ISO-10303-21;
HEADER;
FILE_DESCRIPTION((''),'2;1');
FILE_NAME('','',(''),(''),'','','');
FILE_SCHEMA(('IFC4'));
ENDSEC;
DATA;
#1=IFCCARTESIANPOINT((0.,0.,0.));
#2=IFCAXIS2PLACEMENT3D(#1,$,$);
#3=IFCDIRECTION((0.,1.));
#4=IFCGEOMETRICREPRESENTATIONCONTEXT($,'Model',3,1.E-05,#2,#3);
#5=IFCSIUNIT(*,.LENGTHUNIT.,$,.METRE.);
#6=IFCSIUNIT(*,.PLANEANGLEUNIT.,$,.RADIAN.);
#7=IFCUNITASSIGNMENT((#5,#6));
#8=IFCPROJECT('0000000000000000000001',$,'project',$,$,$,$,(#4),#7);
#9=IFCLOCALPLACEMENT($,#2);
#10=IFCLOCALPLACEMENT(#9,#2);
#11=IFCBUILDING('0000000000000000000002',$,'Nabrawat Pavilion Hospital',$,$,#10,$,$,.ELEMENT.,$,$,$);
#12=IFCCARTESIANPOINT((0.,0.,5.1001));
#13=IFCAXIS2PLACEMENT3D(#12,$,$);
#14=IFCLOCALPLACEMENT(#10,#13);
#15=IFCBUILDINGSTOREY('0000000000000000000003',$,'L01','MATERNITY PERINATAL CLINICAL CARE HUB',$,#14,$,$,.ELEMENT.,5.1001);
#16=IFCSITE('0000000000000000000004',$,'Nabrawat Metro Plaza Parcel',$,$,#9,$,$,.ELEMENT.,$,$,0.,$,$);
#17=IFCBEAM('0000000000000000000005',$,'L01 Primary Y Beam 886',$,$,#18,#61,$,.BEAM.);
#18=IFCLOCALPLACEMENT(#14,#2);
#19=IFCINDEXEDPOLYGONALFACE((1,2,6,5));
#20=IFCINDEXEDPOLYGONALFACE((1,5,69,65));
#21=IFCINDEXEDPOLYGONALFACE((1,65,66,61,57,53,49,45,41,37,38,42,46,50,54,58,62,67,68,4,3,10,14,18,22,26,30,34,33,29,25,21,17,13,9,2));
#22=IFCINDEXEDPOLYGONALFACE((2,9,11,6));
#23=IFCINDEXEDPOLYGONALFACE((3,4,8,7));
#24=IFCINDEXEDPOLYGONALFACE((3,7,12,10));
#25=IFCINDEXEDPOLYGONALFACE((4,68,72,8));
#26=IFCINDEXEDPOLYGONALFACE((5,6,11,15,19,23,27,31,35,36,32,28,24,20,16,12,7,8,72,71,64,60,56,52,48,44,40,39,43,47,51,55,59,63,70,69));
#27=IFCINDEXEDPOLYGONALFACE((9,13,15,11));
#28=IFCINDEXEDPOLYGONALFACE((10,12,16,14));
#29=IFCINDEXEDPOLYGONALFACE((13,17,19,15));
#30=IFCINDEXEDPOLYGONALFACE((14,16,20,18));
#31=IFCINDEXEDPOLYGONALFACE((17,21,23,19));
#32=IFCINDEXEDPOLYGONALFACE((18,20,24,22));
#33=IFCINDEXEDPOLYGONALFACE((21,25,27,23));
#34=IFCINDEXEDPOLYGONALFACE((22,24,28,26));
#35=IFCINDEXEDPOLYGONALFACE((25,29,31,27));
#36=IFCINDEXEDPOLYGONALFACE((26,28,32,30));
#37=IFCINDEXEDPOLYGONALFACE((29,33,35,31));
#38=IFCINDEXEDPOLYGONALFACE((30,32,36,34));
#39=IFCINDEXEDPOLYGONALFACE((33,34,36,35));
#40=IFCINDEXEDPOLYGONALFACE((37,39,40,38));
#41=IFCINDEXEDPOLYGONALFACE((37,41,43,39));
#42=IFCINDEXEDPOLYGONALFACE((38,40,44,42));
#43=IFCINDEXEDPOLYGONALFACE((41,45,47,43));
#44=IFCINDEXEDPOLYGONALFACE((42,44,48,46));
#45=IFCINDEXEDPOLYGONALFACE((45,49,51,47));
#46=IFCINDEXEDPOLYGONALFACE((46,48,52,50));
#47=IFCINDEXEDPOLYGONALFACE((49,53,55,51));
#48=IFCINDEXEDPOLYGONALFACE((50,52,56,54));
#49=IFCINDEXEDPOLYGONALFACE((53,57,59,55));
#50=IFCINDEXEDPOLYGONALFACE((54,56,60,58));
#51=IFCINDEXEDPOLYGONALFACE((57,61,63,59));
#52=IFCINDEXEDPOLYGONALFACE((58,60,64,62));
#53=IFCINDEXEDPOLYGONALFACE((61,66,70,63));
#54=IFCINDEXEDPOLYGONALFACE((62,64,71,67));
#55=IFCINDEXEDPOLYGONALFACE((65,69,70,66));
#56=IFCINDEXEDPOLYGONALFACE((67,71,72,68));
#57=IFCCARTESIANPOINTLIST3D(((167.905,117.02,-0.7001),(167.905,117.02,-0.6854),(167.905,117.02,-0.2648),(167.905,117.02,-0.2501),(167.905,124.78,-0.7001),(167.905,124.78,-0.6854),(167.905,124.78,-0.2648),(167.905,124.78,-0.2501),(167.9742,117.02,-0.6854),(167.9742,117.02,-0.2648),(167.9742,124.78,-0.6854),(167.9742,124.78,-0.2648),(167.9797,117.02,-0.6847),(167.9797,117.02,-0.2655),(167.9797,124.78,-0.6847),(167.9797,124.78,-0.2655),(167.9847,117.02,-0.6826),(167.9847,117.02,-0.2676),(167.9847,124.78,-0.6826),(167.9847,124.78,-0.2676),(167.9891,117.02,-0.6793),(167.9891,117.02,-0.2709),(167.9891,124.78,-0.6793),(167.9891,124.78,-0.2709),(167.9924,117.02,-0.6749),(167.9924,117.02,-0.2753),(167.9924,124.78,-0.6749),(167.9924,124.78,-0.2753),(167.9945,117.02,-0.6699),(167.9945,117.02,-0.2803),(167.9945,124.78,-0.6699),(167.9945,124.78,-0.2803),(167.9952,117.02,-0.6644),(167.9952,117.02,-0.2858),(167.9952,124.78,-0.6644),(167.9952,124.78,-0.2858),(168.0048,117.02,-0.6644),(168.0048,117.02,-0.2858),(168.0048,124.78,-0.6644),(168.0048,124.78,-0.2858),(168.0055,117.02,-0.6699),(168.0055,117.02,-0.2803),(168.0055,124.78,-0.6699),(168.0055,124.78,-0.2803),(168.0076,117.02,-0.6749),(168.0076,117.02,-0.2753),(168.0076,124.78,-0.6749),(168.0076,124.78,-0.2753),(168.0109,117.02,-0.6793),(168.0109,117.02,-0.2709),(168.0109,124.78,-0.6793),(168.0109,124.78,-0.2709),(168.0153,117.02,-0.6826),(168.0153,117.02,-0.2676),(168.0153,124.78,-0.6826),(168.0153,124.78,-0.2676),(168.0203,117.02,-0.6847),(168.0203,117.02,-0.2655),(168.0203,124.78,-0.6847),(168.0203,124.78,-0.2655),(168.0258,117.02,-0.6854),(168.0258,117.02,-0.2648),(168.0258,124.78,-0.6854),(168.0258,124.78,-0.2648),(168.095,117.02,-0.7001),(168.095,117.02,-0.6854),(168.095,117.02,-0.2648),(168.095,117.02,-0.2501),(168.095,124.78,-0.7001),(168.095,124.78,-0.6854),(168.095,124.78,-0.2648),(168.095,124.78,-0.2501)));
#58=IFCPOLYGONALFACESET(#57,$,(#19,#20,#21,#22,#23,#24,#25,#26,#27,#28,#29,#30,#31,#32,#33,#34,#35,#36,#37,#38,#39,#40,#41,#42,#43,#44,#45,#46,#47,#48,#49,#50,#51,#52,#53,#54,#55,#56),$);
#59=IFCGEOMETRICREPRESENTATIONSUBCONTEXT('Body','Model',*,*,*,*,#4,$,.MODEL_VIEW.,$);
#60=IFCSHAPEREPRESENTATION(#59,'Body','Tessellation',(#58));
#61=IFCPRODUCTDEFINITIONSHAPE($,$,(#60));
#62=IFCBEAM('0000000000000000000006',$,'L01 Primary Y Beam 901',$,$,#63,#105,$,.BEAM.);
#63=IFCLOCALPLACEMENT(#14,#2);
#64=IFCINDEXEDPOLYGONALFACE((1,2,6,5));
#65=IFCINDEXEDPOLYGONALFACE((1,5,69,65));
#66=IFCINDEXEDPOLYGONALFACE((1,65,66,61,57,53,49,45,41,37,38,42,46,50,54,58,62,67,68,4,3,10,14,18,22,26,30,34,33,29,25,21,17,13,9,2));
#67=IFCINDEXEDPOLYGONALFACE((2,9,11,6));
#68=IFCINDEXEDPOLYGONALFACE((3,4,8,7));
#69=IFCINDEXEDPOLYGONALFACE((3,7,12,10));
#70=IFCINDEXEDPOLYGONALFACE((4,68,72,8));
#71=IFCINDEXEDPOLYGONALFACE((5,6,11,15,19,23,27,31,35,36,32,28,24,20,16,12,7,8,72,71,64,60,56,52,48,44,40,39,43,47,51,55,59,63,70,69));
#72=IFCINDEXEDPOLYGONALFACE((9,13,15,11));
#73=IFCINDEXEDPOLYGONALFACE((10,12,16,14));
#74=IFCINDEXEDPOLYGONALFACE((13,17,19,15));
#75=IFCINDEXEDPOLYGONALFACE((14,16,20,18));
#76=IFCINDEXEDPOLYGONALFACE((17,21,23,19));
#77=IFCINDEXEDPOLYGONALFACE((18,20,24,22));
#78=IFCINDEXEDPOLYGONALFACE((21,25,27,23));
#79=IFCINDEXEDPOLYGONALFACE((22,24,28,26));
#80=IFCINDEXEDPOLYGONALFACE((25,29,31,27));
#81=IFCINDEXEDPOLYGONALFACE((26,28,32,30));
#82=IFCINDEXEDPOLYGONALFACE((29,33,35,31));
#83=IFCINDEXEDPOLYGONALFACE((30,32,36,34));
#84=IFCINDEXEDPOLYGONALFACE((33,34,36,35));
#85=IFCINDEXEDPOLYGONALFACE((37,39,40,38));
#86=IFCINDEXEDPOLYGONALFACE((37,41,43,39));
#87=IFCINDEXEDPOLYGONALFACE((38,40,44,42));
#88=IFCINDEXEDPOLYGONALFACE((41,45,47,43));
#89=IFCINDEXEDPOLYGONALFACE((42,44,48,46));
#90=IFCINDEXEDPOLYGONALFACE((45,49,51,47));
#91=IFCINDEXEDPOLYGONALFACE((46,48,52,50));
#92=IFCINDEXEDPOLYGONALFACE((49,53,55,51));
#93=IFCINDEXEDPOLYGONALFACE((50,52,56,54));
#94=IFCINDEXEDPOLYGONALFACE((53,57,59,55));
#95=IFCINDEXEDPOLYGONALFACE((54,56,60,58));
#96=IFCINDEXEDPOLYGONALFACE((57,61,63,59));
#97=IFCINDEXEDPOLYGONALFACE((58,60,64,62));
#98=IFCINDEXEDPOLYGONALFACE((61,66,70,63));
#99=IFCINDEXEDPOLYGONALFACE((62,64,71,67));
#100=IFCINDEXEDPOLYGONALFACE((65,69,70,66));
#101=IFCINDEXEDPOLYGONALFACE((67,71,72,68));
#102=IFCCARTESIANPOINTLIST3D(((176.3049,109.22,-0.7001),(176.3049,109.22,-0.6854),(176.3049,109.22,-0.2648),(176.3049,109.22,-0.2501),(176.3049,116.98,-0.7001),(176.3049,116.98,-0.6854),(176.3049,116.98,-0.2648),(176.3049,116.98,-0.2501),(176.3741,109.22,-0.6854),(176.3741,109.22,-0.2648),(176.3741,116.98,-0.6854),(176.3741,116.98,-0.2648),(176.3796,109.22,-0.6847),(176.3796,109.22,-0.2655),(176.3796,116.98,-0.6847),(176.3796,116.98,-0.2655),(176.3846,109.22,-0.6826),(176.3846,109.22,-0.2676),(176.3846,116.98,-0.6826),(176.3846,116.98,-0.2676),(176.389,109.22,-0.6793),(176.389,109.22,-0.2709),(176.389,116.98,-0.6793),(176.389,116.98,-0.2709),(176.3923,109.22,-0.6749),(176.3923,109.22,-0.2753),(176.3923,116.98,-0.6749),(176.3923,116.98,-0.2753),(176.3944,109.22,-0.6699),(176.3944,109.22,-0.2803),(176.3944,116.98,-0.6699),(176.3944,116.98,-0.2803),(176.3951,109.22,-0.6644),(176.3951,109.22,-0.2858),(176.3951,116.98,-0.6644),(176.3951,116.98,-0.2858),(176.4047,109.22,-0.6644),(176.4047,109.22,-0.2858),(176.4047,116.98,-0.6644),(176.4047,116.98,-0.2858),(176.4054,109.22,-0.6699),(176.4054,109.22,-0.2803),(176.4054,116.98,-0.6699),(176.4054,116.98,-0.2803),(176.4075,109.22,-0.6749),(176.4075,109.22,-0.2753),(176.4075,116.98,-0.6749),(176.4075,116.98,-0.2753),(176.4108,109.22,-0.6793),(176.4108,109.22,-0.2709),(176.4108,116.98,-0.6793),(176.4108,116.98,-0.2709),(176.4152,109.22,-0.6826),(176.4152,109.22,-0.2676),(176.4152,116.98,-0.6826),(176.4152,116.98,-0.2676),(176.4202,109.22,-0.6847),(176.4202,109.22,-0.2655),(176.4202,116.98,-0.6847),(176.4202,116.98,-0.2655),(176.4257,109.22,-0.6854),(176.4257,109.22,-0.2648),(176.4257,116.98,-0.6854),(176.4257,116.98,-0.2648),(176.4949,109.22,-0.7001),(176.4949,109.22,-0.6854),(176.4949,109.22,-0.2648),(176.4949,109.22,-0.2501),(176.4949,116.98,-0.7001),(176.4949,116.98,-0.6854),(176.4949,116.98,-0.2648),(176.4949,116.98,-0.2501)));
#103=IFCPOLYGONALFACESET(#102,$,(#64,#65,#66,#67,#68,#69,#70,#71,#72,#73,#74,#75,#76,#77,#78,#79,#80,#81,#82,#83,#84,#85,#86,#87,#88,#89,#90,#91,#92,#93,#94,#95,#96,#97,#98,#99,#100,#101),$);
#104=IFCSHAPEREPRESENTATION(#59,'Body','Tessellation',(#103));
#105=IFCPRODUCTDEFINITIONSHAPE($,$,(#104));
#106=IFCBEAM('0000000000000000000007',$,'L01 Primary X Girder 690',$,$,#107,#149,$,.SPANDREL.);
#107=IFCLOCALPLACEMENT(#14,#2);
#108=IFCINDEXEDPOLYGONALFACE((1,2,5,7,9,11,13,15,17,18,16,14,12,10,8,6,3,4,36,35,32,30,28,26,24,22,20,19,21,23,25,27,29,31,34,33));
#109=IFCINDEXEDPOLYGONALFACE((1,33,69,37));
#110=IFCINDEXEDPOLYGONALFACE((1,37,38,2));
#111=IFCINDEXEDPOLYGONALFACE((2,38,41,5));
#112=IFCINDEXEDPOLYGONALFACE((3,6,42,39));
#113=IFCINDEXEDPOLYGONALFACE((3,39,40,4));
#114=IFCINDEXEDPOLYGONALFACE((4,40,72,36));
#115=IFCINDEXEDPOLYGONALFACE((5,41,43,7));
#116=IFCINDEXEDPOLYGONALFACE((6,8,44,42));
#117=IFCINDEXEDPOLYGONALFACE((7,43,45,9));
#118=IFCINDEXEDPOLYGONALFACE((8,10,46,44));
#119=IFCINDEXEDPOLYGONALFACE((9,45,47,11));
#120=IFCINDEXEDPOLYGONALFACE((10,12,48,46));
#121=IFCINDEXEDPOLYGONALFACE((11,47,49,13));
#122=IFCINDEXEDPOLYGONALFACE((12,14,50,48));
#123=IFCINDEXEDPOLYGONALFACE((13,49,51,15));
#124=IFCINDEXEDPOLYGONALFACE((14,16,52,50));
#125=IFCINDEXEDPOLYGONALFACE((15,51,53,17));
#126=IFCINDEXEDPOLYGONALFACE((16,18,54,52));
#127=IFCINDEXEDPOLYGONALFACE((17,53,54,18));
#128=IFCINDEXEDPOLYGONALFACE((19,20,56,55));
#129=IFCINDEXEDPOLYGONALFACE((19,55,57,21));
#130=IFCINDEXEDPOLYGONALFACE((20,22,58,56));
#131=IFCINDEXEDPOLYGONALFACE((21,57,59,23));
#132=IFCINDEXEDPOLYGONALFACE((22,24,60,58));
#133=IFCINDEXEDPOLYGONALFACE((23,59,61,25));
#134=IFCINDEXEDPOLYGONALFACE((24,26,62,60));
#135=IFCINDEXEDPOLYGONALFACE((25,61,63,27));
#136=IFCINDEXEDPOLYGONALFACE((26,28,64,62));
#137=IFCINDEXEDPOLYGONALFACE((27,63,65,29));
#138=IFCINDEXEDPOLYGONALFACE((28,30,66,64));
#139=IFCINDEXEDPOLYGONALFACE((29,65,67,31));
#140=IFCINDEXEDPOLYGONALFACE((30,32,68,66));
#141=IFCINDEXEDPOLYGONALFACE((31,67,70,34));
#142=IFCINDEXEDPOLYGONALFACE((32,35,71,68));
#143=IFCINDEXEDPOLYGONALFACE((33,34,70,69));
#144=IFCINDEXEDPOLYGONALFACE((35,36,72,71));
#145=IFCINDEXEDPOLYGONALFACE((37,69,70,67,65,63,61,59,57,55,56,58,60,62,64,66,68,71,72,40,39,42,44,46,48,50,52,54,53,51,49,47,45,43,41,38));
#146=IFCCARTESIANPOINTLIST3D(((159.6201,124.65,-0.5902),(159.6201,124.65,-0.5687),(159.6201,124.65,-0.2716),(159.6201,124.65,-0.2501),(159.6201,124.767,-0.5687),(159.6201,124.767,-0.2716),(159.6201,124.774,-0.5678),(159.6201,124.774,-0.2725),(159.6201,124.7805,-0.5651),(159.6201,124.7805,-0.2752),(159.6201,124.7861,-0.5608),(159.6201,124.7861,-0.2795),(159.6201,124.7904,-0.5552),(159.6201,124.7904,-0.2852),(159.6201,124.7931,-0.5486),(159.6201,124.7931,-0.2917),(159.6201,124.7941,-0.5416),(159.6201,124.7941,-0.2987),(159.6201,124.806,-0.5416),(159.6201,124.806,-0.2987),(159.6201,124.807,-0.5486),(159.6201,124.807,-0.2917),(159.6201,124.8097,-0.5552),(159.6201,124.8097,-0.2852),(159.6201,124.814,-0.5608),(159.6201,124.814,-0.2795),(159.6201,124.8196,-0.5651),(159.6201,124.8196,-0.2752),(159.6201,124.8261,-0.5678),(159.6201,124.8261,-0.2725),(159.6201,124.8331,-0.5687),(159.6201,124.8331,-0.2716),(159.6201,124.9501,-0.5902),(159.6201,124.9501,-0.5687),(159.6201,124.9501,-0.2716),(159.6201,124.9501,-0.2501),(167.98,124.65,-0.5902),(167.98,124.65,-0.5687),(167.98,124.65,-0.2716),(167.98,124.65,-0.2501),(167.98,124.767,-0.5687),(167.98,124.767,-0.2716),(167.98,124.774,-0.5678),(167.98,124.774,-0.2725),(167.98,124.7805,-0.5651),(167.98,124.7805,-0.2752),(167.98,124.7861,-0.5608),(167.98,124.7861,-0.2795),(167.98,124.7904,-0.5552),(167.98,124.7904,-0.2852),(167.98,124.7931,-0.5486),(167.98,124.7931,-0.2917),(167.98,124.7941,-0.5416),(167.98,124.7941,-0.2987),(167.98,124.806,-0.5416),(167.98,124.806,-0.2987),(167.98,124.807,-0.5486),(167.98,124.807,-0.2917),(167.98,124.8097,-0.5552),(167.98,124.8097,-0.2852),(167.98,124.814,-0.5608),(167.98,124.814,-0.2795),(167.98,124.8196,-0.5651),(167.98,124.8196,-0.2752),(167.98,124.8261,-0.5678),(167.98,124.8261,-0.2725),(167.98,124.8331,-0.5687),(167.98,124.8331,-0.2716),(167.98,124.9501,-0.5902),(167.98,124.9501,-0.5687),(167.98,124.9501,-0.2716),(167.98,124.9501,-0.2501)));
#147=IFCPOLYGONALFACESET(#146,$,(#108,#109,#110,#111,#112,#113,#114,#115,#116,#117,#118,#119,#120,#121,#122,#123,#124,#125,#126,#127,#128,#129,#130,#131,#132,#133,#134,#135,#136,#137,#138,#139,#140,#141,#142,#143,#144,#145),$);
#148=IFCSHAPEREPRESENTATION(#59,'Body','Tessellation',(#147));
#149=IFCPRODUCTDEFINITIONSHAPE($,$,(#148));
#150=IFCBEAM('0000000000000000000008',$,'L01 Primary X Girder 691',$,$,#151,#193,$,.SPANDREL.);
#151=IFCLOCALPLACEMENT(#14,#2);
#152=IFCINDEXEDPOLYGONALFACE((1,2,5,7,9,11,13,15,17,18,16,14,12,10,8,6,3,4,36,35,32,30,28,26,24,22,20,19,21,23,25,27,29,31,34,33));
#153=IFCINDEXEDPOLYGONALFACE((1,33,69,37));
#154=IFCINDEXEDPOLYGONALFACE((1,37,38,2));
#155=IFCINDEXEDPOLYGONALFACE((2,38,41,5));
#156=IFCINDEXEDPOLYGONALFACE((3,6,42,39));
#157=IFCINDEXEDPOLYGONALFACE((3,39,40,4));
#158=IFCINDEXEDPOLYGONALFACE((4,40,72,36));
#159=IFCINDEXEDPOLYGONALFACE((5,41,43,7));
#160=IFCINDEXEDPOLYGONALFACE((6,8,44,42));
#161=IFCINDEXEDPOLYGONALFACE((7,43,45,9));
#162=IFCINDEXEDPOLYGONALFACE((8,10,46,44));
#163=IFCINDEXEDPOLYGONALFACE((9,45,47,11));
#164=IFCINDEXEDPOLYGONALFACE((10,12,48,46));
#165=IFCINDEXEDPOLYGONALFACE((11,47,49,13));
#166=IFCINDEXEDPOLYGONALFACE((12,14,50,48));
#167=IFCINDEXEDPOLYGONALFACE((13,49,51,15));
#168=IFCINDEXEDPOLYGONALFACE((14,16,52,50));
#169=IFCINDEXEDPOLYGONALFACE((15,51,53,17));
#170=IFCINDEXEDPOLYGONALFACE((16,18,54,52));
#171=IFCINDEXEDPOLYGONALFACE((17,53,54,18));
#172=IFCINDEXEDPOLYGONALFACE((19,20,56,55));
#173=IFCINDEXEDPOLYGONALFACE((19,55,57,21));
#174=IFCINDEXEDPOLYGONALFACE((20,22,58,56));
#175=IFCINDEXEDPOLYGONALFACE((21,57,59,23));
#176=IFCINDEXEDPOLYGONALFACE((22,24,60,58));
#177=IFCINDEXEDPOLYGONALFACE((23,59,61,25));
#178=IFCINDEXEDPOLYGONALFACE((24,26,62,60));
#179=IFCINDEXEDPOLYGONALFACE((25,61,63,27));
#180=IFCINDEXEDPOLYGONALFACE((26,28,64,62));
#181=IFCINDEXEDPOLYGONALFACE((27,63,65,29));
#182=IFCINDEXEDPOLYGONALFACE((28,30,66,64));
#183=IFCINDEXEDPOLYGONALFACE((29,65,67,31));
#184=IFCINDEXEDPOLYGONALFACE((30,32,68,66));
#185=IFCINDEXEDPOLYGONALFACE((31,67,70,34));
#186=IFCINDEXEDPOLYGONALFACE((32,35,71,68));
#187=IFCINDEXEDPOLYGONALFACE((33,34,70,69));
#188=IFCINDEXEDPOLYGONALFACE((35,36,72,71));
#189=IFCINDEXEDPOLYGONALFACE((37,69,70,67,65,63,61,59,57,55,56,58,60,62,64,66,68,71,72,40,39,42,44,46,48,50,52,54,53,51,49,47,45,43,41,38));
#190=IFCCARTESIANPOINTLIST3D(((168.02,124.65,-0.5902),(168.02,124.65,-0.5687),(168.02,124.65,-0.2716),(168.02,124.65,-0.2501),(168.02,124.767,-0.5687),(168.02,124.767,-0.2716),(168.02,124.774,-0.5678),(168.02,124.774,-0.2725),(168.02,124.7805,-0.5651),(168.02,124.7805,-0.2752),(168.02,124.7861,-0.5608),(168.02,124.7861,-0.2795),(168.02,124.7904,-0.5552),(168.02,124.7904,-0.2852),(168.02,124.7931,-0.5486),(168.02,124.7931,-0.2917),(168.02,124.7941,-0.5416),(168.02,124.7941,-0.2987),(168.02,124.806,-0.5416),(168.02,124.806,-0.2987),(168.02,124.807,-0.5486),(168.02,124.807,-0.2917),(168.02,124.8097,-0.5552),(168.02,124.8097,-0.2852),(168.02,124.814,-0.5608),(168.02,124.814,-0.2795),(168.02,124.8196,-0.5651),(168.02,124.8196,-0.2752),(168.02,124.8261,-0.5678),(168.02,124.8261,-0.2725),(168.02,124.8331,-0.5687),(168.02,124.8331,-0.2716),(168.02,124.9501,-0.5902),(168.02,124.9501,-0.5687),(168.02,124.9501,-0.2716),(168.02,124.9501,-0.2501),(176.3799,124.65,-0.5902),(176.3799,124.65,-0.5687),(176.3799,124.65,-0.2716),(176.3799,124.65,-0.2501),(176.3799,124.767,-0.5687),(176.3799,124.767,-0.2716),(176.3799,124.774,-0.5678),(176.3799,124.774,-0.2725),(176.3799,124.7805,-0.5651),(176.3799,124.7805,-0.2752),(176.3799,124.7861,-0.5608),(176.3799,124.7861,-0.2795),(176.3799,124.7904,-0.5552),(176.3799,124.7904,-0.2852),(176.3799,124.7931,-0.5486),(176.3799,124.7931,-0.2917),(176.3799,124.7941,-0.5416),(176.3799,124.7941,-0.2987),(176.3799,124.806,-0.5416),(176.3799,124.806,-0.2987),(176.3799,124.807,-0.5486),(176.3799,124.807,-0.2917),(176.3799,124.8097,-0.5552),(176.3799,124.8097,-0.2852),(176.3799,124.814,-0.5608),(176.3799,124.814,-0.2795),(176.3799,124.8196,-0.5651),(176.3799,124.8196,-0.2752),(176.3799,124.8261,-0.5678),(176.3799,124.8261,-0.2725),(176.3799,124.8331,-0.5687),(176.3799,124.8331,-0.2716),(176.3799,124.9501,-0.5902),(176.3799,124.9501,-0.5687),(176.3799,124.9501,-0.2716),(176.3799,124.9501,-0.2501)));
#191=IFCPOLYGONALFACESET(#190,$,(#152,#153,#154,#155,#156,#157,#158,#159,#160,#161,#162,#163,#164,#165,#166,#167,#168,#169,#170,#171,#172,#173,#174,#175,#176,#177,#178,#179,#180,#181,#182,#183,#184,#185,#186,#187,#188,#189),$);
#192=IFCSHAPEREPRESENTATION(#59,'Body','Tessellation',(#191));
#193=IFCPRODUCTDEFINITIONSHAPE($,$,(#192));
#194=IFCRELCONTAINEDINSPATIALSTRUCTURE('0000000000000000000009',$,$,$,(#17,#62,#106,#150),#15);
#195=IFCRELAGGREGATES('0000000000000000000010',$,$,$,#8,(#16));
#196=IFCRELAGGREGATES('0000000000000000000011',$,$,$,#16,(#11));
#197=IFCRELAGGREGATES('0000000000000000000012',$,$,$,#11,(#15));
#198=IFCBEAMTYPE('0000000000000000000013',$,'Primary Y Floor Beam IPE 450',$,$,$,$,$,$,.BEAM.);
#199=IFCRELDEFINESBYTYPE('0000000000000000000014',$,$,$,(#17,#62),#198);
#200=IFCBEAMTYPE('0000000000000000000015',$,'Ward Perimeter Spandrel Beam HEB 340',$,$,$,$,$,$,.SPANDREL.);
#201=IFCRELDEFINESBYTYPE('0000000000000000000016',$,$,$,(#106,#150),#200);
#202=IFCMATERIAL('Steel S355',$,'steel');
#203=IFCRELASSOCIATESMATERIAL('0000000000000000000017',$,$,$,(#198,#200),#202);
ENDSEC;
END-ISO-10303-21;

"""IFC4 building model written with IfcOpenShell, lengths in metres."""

from ifc_helpers import new_model, si_unit, direction, frame, origin, origin_2d, place, context, subcontext, project, spatial, i_section, extrude, material, material_profile, profile_set, type_object, element, save


model = new_model("IFC4")

# Units and contexts
model_context = context("Model", 3, precision=1e-05, world=origin(), true_north=direction((0.0, 1.0)))
body_context = subcontext(model_context, "Body", "Model", "MODEL_VIEW")
ifc_project = project(units=[si_unit("LENGTHUNIT", "METRE"), si_unit("PLANEANGLEUNIT", "RADIAN")], contexts=[model_context])

# Site, building, storey
site_placement = place(None, origin())
site = spatial("IfcSite", under=ifc_project, at=site_placement, Name="Nabrawat Metro Plaza Parcel", CompositionType="ELEMENT", RefElevation=0.0)
building_placement = place(site_placement, origin())
building = spatial("IfcBuilding", under=site, at=building_placement, Name="Nabrawat Pavilion Hospital", CompositionType="ELEMENT")
storey_placement = place(building_placement, frame((0.0, 0.0, 5.1001)))
storey = spatial("IfcBuildingStorey", under=building, at=storey_placement, Name="L01", Description="MATERNITY PERINATAL CLINICAL CARE HUB", CompositionType="ELEMENT", Elevation=5.1001)

# Shared definitions
ifc_material_1 = material(Name="Steel S355", Category="steel")

# Beams
ifc_material_profile_1 = material_profile(ifc_material_1, i_section(OverallWidth=0.1899, OverallDepth=0.45, WebThickness=0.0095, FlangeThickness=0.0146, FilletRadius=0.021, at=origin_2d()), Name="IPE 450")
ifc_profile_set_1 = profile_set([ifc_material_profile_1], Name="Steel S355")
beam_type_1 = type_object("IfcBeamType", Name="Primary Y Floor Beam IPE 450", PredefinedType="BEAM", material=ifc_profile_set_1)
for number, where, z_axis, x_axis, name in (
    (1, (168.0, 117.02, -0.4751), (0.0, 1.0, 0.0), (-1.0, 0.0, 0.0), "L01 Primary Y Beam 886"),
    (2, (176.3999, 109.22, -0.4751), (0.0, 1.0, 0.0), (-1.0, 0.0, 0.0), "L01 Primary Y Beam 901"),
):
    element("IfcBeam", number, at=place(storey_placement, frame(where, z_axis=z_axis, x_axis=x_axis)), inside=storey, type_object=beam_type_1, Name=name, PredefinedType="BEAM", context=body_context, shape_type="SweptSolid", body=[
        extrude(i_section(OverallWidth=0.1899, OverallDepth=0.45, WebThickness=0.0095, FlangeThickness=0.0146, FilletRadius=0.021, at=origin_2d()), origin(), (0.0, 0.0, 1.0), 7.76),
    ])
ifc_material_profile_2 = material_profile(ifc_material_1, i_section(OverallWidth=0.3, OverallDepth=0.3401, WebThickness=0.012, FlangeThickness=0.0215, FilletRadius=0.0271, at=origin_2d()), Name="HEB 340")
ifc_profile_set_2 = profile_set([ifc_material_profile_2], Name="Steel S355")
beam_type_2 = type_object("IfcBeamType", Name="Ward Perimeter Spandrel Beam HEB 340", PredefinedType="SPANDREL", material=ifc_profile_set_2)
for number, where, z_axis, x_axis, name in (
    (3, (159.6201, 124.8, -0.4202), (1.0, 0.0, 0.0), (0.0, 1.0, 0.0), "L01 Primary X Girder 690"),
    (4, (168.02, 124.8, -0.4202), (1.0, 0.0, 0.0), (0.0, 1.0, 0.0), "L01 Primary X Girder 691"),
):
    element("IfcBeam", number, at=place(storey_placement, frame(where, z_axis=z_axis, x_axis=x_axis)), inside=storey, type_object=beam_type_2, Name=name, PredefinedType="SPANDREL", context=body_context, shape_type="SweptSolid", body=[
        extrude(i_section(OverallWidth=0.3, OverallDepth=0.3401, WebThickness=0.012, FlangeThickness=0.0215, FilletRadius=0.0271, at=origin_2d()), origin(), (0.0, 0.0, 1.0), 8.3599),
    ])

save(model, "model.ifc")
